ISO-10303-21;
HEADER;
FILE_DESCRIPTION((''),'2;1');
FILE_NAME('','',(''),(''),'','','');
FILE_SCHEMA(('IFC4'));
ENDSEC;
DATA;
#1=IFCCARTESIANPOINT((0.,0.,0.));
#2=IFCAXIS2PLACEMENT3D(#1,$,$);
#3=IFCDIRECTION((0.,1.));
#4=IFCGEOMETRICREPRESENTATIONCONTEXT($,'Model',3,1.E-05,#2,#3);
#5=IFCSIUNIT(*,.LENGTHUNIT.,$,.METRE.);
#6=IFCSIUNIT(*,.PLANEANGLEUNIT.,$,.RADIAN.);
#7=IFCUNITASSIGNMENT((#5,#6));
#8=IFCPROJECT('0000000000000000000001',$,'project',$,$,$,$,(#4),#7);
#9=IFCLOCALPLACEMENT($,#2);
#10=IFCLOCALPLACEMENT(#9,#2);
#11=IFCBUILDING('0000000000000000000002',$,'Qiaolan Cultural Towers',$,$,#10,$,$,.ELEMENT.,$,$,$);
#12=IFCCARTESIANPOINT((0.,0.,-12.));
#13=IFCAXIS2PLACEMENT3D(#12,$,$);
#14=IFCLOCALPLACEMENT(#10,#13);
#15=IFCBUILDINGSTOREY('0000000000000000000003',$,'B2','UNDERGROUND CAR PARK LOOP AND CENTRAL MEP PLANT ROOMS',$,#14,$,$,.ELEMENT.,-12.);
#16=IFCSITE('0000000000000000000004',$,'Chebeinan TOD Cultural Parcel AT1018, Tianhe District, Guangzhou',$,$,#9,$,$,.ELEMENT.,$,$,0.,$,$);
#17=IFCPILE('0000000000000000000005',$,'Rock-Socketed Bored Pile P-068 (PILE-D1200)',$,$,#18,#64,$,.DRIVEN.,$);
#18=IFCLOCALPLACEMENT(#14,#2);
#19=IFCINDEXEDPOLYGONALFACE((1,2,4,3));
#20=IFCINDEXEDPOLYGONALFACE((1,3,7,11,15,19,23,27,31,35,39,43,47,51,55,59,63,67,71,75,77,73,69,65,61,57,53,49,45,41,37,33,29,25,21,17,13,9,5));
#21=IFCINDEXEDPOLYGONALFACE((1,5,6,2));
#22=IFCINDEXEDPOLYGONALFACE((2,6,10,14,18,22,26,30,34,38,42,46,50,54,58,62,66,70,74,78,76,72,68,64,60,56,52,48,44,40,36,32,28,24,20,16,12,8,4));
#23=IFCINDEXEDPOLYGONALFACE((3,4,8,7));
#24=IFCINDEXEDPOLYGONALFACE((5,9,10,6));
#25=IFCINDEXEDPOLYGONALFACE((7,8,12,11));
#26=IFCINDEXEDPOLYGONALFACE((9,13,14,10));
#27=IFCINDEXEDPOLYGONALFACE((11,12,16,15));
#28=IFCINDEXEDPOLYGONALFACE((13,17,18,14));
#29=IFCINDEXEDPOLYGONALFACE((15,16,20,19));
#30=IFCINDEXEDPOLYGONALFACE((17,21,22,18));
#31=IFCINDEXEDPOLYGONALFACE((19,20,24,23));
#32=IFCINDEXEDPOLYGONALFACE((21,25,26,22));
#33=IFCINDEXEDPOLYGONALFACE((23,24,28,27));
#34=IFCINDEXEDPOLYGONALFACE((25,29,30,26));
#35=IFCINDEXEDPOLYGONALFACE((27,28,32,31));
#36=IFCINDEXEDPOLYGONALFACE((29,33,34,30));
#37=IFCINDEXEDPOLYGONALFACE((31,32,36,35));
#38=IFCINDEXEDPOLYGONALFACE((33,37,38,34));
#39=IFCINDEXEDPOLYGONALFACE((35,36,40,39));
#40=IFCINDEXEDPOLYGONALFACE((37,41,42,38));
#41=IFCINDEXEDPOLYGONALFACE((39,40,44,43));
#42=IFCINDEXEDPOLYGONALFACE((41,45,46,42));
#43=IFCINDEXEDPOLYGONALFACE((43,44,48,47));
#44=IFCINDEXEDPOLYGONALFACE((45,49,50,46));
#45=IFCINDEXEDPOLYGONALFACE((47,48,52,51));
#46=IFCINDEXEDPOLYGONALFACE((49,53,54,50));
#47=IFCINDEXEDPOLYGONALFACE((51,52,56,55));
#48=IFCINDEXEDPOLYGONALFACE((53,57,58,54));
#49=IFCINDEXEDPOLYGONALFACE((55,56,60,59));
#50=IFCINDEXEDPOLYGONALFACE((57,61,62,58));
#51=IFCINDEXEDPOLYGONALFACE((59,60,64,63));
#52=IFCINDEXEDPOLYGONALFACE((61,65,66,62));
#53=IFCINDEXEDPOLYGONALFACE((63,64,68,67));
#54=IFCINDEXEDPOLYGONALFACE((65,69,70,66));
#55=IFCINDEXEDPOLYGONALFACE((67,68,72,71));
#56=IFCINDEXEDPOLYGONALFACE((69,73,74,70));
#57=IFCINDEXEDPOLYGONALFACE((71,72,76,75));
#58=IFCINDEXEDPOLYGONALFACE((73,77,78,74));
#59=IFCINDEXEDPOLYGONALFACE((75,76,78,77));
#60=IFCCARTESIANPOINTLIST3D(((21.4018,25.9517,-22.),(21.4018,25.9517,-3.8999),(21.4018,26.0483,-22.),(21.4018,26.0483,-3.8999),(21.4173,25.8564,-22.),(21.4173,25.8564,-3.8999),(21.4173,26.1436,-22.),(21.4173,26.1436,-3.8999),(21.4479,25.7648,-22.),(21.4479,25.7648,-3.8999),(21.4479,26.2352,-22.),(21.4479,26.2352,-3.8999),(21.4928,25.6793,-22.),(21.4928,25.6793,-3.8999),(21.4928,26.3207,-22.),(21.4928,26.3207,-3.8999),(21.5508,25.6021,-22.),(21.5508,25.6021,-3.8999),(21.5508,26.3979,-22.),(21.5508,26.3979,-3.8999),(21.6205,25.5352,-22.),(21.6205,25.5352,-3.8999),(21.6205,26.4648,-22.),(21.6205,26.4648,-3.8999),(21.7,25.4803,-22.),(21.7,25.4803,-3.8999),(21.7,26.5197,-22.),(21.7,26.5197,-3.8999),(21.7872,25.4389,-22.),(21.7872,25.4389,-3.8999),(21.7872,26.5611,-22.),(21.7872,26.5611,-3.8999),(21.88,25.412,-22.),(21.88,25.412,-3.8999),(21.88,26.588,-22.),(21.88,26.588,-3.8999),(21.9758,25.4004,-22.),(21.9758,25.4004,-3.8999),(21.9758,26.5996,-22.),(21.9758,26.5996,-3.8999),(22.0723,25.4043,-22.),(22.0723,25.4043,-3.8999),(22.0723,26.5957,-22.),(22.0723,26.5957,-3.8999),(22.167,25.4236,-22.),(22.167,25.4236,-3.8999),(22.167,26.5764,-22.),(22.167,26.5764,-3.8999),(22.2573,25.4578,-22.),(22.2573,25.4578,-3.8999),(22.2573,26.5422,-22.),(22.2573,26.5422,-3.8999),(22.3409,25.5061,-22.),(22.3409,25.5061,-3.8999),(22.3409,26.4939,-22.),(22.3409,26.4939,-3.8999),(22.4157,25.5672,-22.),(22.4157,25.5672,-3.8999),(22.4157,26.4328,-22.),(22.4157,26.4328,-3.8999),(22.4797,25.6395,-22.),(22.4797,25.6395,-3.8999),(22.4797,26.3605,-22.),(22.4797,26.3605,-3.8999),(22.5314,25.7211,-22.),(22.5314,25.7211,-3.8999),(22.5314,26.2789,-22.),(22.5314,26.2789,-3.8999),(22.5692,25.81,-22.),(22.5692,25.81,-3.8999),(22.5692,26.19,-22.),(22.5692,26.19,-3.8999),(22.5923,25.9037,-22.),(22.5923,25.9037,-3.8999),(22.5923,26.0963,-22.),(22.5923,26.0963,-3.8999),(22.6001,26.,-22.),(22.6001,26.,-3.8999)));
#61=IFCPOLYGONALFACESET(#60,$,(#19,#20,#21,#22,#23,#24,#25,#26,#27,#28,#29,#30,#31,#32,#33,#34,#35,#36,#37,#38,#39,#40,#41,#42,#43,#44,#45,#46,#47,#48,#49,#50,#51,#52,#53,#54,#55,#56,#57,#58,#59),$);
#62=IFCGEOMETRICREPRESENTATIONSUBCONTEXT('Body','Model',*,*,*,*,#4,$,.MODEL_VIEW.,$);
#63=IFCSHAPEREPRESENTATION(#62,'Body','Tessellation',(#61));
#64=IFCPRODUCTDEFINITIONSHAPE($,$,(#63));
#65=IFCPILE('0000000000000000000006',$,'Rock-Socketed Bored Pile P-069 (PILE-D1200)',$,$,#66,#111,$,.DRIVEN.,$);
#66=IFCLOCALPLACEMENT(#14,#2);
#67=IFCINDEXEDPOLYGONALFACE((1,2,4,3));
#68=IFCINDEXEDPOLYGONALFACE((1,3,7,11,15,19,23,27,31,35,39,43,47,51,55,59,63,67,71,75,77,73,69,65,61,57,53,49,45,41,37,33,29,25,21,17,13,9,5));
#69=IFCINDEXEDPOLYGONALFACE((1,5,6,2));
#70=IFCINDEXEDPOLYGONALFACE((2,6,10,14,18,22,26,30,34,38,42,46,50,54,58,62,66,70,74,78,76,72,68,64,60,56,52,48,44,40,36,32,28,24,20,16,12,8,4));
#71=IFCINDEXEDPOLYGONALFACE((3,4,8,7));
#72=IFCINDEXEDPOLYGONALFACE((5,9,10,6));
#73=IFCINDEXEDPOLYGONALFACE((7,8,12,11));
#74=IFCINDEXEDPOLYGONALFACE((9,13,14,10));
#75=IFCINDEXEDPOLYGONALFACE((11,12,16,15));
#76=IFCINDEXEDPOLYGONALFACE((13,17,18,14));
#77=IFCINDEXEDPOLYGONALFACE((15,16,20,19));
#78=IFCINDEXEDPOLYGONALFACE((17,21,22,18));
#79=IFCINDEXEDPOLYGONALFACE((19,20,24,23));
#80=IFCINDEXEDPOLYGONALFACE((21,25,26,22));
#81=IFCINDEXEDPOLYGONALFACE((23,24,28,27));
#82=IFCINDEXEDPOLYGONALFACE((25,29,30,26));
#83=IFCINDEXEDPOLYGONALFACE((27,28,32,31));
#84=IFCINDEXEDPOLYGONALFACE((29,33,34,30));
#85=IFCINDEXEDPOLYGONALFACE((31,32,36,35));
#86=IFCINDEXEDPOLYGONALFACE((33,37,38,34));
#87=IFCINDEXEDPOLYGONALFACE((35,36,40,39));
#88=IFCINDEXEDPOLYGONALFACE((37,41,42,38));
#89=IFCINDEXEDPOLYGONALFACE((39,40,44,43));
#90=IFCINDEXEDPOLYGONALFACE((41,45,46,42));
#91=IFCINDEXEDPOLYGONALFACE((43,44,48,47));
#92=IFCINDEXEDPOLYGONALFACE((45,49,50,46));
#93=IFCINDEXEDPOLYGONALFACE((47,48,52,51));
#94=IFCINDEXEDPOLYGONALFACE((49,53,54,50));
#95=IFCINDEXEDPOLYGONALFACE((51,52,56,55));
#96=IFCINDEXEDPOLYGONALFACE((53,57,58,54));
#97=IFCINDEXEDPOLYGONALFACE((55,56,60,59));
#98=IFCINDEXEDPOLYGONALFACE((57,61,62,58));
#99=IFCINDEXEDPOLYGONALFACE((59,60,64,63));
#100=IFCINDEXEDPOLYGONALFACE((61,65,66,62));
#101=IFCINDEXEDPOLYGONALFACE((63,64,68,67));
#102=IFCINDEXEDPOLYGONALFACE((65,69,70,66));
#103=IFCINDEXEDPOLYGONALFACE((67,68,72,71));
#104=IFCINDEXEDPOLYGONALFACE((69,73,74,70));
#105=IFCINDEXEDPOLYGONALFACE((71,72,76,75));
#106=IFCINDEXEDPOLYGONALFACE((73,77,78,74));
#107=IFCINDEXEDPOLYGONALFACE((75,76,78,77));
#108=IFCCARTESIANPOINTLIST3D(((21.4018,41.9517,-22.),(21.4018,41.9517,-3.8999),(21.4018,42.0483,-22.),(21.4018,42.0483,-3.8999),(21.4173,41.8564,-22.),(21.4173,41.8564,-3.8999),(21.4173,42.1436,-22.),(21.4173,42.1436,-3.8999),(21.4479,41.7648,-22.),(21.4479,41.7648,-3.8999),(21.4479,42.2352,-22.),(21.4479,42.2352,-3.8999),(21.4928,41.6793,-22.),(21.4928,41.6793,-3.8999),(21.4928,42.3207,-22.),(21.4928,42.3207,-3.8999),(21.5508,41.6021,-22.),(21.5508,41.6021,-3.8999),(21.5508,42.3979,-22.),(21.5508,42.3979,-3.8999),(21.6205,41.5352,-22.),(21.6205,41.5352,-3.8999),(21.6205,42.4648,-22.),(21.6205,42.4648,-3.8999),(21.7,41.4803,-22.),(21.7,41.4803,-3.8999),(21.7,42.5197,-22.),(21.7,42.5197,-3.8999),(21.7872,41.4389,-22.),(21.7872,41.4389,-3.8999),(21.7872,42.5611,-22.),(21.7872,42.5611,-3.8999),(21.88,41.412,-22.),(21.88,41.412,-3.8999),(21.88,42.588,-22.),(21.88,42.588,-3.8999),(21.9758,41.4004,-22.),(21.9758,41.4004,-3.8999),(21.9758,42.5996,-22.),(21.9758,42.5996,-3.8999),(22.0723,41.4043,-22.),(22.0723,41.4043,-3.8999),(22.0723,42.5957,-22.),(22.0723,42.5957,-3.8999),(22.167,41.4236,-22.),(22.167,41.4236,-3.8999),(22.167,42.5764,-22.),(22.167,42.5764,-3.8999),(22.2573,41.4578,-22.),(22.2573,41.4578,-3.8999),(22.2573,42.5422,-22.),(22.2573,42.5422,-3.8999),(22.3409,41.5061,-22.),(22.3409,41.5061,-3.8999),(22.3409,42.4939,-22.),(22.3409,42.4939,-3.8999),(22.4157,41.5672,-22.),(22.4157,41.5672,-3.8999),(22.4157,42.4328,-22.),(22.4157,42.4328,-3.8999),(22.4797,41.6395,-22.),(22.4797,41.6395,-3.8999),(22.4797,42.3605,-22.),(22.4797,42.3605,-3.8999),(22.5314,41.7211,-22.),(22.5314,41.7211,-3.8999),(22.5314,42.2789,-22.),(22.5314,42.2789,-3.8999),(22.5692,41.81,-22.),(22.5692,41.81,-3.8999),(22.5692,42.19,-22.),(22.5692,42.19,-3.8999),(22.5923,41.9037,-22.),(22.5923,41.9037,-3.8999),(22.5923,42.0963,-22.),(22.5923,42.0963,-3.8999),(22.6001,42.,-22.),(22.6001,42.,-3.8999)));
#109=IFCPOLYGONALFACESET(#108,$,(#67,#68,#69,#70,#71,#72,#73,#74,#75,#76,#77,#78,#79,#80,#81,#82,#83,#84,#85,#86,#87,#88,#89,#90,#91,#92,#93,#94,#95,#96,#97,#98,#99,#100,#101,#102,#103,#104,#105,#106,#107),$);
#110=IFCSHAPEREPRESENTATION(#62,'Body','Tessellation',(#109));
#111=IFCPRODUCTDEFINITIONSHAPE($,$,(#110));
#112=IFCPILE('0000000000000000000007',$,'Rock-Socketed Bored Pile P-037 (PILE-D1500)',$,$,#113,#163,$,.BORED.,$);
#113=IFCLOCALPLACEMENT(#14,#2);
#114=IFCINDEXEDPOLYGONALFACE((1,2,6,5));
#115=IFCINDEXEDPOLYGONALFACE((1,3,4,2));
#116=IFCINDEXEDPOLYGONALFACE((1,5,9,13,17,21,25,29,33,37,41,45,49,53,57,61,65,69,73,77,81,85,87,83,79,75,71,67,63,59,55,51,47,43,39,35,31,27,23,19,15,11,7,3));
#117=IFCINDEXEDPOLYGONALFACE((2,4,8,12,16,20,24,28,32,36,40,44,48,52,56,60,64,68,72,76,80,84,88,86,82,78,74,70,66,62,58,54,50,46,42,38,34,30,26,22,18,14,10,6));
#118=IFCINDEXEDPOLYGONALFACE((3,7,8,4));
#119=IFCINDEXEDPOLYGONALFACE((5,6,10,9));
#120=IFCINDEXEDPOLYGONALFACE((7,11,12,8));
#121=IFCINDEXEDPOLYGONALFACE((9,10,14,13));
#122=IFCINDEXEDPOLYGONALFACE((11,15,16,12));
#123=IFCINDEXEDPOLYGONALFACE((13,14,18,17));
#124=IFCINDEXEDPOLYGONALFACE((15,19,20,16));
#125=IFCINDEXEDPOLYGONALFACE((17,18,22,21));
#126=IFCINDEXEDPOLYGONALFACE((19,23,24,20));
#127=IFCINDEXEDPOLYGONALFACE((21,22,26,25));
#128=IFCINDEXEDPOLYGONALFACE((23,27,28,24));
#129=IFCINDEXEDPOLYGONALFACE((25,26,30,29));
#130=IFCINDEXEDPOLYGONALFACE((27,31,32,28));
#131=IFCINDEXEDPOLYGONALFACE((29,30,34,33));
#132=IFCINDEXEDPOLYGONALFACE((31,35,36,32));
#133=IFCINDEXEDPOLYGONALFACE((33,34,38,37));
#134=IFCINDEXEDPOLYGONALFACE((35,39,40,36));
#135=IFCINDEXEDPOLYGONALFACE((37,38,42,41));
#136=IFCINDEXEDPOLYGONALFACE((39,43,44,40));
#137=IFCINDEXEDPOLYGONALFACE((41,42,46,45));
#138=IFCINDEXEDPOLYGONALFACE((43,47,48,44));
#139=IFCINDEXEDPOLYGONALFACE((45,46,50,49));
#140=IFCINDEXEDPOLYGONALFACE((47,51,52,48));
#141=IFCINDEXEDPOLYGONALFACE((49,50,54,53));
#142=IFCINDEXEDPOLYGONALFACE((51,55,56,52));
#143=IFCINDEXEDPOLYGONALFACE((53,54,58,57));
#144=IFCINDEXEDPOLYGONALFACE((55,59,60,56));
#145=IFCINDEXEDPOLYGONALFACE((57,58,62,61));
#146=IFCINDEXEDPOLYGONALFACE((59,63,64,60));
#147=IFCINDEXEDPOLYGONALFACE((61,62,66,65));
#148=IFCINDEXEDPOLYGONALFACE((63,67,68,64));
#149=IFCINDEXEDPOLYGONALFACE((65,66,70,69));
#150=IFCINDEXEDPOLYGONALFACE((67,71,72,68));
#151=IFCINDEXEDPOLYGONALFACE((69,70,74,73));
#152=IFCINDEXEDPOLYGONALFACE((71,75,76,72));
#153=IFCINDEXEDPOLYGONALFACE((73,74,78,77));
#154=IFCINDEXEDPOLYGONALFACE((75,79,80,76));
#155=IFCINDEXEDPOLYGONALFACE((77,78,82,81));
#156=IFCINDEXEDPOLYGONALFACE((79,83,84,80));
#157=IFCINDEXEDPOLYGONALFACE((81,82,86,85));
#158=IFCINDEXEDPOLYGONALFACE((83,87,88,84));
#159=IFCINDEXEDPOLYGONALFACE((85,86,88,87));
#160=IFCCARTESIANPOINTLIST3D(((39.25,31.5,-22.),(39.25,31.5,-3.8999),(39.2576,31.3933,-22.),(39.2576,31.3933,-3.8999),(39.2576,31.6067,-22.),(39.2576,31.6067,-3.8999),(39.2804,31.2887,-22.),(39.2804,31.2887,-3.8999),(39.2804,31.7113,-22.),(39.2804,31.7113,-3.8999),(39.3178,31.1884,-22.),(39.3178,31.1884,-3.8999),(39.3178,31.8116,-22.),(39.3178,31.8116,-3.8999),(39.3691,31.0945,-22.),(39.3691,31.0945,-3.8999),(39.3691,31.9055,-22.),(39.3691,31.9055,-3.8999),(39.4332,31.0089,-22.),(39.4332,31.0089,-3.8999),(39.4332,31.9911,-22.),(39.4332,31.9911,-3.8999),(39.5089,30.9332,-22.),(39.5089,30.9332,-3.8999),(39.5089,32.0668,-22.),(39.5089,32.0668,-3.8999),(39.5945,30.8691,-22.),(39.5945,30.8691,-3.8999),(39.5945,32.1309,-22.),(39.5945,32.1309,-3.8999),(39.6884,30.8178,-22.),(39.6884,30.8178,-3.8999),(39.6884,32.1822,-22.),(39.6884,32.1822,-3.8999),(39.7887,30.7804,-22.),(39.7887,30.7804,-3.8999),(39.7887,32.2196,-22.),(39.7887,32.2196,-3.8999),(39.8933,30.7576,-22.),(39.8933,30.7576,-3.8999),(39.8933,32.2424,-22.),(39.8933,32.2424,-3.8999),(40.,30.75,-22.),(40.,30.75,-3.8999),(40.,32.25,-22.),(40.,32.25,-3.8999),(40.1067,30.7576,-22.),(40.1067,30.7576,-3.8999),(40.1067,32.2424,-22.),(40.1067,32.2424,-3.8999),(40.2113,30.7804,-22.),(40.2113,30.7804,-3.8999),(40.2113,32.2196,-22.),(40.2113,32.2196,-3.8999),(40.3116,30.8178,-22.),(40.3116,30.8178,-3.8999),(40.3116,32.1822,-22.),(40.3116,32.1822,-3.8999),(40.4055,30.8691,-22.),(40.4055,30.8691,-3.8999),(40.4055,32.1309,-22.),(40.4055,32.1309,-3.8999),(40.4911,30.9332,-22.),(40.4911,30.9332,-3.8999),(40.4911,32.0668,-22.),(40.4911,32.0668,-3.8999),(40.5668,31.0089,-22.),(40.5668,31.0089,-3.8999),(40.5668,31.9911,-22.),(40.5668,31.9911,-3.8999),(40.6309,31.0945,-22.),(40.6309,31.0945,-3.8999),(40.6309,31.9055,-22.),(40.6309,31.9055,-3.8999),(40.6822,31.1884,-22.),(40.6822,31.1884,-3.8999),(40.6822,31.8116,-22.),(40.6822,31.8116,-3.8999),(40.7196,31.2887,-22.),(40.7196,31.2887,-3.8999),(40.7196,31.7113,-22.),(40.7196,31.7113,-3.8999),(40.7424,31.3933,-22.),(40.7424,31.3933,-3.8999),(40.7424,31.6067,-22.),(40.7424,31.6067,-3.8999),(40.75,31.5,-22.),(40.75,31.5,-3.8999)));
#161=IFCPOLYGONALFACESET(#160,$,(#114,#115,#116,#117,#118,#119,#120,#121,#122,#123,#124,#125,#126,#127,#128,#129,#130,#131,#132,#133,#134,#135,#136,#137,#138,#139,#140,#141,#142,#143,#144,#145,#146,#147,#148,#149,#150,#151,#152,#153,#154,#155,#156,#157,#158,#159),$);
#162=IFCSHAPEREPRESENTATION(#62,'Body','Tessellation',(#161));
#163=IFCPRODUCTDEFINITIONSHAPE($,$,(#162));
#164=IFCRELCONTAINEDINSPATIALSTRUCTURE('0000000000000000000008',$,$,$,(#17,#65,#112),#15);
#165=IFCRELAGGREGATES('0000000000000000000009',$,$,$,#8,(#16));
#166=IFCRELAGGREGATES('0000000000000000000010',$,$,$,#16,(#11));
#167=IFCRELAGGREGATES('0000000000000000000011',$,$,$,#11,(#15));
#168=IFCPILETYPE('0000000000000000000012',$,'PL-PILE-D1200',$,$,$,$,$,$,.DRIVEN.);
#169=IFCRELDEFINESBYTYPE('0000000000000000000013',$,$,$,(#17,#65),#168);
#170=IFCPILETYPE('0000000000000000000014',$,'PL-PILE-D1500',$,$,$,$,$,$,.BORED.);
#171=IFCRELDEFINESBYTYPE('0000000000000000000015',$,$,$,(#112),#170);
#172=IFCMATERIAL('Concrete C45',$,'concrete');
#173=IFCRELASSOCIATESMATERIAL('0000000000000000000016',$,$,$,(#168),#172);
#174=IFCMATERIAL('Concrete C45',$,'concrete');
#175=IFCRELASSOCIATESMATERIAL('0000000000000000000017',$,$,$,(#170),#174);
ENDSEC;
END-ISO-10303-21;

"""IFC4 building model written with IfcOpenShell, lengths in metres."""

from ifc_helpers import new_model, si_unit, direction, frame, origin, origin_2d, place, context, subcontext, project, spatial, circle, extrude, material, material_profile, profile_set, type_object, element, save


model = new_model("IFC4")

# Units and contexts
model_context = context("Model", 3, precision=1e-05, world=origin(), true_north=direction((0.0, 1.0)))
body_context = subcontext(model_context, "Body", "Model", "MODEL_VIEW")
ifc_project = project(units=[si_unit("LENGTHUNIT", "METRE"), si_unit("PLANEANGLEUNIT", "RADIAN")], contexts=[model_context])

# Site, building, storey
site_placement = place(None, origin())
site = spatial("IfcSite", under=ifc_project, at=site_placement, Name="Chebeinan TOD Cultural Parcel AT1018, Tianhe District, Guangzhou", CompositionType="ELEMENT", RefElevation=0.0)
building_placement = place(site_placement, origin())
building = spatial("IfcBuilding", under=site, at=building_placement, Name="Qiaolan Cultural Towers", CompositionType="ELEMENT")
storey_placement = place(building_placement, frame((0.0, 0.0, -12.0)))
storey = spatial("IfcBuildingStorey", under=building, at=storey_placement, Name="B2", Description="UNDERGROUND CAR PARK LOOP AND CENTRAL MEP PLANT ROOMS", CompositionType="ELEMENT", Elevation=-12.0)

# Piles
ifc_material_1 = material(Name="Concrete C45", Category="concrete")
ifc_material_profile_1 = material_profile(ifc_material_1, circle(Radius=0.6001, at=origin_2d()), Name="PILE-D1200")
ifc_profile_set_1 = profile_set([ifc_material_profile_1], Name="Concrete C45")
pile_type_1 = type_object("IfcPileType", Name="PL-PILE-D1200", PredefinedType="DRIVEN", material=ifc_profile_set_1)
for number, where, z_axis, x_axis, name in (
    (1, (22.0, 26.0, -3.8999), (0.0, 0.0, -1.0), (1.0, 0.0, 0.0), "Rock-Socketed Bored Pile P-068 (PILE-D1200)"),
    (2, (22.0, 42.0, -3.8999), (0.0, 0.0, -1.0), (1.0, 0.0, 0.0), "Rock-Socketed Bored Pile P-069 (PILE-D1200)"),
):
    element("IfcPile", number, at=place(storey_placement, frame(where, z_axis=z_axis, x_axis=x_axis)), inside=storey, type_object=pile_type_1, Name=name, PredefinedType="DRIVEN", context=body_context, shape_type="SweptSolid", body=[
        extrude(circle(Radius=0.6001, at=origin_2d()), origin(), (0.0, 0.0, 1.0), 18.1001),
    ])
ifc_material_2 = material(Name="Concrete C45", Category="concrete")
ifc_material_profile_2 = material_profile(ifc_material_2, circle(Radius=0.75, at=origin_2d()), Name="PILE-D1500")
ifc_profile_set_2 = profile_set([ifc_material_profile_2], Name="Concrete C45")
pile_type_2 = type_object("IfcPileType", Name="PL-PILE-D1500", PredefinedType="BORED", material=ifc_profile_set_2)
pile_placement = place(storey_placement, frame((40.0, 31.5, -3.8999), z_axis=(0.0, 0.0, -1.0), x_axis=(1.0, 0.0, 0.0)))
element("IfcPile", 3, at=pile_placement, inside=storey, type_object=pile_type_2, Name="Rock-Socketed Bored Pile P-037 (PILE-D1500)", PredefinedType="BORED", context=body_context, shape_type="SweptSolid", body=[
    extrude(circle(Radius=0.75, at=origin_2d()), origin(), (0.0, 0.0, 1.0), 18.1001),
])

save(model, "model.ifc")
